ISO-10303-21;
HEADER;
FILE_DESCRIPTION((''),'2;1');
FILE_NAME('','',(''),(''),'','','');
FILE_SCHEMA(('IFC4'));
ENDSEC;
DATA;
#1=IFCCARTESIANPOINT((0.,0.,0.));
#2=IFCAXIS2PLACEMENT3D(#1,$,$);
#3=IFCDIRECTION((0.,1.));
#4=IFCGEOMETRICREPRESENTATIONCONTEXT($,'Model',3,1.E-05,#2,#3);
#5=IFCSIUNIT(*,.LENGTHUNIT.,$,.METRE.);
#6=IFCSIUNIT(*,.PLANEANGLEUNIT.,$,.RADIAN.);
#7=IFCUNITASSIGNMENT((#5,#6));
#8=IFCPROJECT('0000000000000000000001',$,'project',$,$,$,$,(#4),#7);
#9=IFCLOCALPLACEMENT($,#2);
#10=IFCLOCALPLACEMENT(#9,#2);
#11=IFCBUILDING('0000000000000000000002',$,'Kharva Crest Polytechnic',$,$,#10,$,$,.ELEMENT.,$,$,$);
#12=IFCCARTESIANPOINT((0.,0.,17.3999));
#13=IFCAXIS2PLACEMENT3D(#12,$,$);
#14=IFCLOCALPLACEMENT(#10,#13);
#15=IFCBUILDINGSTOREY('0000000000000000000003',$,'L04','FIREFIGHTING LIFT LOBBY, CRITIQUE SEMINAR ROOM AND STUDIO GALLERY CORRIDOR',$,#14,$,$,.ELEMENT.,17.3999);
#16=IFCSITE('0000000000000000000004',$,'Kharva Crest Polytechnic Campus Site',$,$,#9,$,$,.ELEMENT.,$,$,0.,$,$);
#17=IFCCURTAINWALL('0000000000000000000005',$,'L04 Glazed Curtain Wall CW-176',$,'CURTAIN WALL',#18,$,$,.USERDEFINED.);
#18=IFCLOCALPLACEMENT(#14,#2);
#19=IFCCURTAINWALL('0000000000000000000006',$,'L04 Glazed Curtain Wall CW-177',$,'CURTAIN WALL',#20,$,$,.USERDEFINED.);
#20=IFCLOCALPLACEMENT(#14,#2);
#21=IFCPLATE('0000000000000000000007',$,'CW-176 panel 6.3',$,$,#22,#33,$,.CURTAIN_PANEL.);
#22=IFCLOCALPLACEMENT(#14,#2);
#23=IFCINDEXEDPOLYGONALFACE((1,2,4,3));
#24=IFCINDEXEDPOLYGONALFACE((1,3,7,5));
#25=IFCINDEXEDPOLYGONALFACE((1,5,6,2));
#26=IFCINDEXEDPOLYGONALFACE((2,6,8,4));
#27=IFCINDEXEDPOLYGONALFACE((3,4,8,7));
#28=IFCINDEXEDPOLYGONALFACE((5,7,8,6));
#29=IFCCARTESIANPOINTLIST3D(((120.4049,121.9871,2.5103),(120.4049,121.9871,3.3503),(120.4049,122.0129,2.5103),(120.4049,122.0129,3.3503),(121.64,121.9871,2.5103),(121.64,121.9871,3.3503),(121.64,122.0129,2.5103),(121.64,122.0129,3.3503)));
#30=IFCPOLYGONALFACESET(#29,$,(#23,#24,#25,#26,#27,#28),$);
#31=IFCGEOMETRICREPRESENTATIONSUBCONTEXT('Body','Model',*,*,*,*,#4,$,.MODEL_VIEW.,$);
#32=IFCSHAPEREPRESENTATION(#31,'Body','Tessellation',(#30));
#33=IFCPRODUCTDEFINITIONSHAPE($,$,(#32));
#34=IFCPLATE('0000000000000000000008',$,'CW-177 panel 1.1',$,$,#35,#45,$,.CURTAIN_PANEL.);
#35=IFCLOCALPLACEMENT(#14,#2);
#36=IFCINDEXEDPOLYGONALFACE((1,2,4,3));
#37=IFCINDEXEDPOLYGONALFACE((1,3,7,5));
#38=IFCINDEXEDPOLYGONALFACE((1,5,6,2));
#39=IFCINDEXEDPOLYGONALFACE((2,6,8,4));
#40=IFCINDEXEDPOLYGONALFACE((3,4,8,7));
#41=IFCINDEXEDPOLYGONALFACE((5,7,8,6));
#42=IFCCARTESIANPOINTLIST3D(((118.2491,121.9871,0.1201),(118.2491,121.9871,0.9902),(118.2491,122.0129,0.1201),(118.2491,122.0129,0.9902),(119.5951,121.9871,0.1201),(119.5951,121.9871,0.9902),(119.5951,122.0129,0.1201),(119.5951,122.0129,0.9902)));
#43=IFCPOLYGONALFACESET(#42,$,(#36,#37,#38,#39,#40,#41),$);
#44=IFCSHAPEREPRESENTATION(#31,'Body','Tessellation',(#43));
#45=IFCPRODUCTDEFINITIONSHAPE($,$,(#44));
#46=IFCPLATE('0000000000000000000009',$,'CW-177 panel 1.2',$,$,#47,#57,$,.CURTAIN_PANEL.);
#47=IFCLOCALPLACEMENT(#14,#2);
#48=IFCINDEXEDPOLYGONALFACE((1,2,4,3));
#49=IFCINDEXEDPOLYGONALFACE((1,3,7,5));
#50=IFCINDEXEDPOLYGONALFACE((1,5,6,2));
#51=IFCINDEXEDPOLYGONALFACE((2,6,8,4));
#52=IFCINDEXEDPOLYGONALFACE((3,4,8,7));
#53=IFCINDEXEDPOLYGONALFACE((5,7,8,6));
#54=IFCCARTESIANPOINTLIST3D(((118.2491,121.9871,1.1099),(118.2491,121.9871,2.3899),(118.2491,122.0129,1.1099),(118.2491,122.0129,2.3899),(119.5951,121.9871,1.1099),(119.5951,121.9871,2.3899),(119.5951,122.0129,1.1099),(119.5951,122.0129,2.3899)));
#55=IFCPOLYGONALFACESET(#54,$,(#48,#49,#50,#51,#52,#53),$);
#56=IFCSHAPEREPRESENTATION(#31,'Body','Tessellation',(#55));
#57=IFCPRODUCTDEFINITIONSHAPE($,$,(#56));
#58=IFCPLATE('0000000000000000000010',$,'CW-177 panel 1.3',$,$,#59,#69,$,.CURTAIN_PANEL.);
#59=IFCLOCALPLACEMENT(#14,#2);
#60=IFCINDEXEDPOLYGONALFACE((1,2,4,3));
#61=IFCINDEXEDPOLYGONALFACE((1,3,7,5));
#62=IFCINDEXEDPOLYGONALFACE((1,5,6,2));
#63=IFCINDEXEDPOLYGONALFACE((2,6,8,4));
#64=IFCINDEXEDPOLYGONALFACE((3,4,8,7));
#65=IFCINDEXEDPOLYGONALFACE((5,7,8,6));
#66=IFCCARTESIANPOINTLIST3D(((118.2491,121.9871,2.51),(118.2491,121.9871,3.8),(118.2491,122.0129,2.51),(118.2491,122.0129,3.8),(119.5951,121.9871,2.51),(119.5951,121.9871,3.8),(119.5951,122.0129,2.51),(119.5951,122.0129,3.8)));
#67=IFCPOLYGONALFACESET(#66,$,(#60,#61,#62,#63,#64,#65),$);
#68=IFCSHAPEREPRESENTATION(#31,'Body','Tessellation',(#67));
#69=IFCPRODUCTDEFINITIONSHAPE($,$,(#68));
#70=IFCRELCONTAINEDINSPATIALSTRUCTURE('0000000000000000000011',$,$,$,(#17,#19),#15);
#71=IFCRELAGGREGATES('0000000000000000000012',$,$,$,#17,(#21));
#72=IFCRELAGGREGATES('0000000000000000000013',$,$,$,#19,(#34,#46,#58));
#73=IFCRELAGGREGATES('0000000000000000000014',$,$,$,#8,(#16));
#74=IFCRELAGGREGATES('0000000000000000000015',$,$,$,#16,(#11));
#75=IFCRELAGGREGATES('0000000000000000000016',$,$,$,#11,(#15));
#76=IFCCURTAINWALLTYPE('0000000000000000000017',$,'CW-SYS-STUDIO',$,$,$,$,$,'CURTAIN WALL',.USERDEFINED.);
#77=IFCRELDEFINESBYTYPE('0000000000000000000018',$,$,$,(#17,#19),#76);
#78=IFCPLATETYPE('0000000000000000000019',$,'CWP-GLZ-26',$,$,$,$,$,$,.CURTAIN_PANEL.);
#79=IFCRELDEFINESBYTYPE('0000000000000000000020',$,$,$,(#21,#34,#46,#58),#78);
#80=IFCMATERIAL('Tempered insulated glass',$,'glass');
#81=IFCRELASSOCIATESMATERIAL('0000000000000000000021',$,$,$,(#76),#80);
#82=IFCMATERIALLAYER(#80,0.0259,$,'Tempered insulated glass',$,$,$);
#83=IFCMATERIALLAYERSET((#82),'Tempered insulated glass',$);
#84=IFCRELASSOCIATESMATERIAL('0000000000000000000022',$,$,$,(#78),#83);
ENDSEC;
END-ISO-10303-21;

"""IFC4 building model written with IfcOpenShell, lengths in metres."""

from ifc_helpers import new_model, si_unit, direction, frame, origin, origin_2d, place, context, subcontext, project, spatial, rectangle, extrude, material, layer, layer_set, type_object, element, aggregate, save


model = new_model("IFC4")

# Units and contexts
model_context = context("Model", 3, precision=1e-05, world=origin(), true_north=direction((0.0, 1.0)))
body_context = subcontext(model_context, "Body", "Model", "MODEL_VIEW")
ifc_project = project(units=[si_unit("LENGTHUNIT", "METRE"), si_unit("PLANEANGLEUNIT", "RADIAN")], contexts=[model_context])

# Site, building, storey
site_placement = place(None, origin())
site = spatial("IfcSite", under=ifc_project, at=site_placement, Name="Kharva Crest Polytechnic Campus Site", CompositionType="ELEMENT", RefElevation=0.0)
building_placement = place(site_placement, origin())
building = spatial("IfcBuilding", under=site, at=building_placement, Name="Kharva Crest Polytechnic", CompositionType="ELEMENT")
storey_placement = place(building_placement, frame((0.0, 0.0, 17.3999)))
storey = spatial("IfcBuildingStorey", under=building, at=storey_placement, Name="L04", Description="FIREFIGHTING LIFT LOBBY, CRITIQUE SEMINAR ROOM AND STUDIO GALLERY CORRIDOR", CompositionType="ELEMENT", Elevation=17.3999)

# Curtain walls
ifc_material_1 = material(Name="Tempered insulated glass", Category="glass")
curtain_wall_type = type_object("IfcCurtainWallType", Name="CW-SYS-STUDIO", ElementType="CURTAIN WALL", PredefinedType="USERDEFINED", material=ifc_material_1)
curtain_wall_1_placement = place(storey_placement, origin())
curtain_wall_1 = element("IfcCurtainWall", 1, at=curtain_wall_1_placement, inside=storey, type_object=curtain_wall_type, Name="L04 Glazed Curtain Wall CW-176", ObjectType="CURTAIN WALL", PredefinedType="USERDEFINED")
curtain_wall_2_placement = place(storey_placement, origin())
curtain_wall_2 = element("IfcCurtainWall", 2, at=curtain_wall_2_placement, inside=storey, type_object=curtain_wall_type, Name="L04 Glazed Curtain Wall CW-177", ObjectType="CURTAIN WALL", PredefinedType="USERDEFINED")

# Plates
ifc_layer = layer(ifc_material_1, 0.0259, Name="Tempered insulated glass")
ifc_layer_set = layer_set([ifc_layer], Name="Tempered insulated glass")
plate_type = type_object("IfcPlateType", Name="CWP-GLZ-26", PredefinedType="CURTAIN_PANEL", material=ifc_layer_set)
plate_1_placement = place(storey_placement, frame((121.0225, 122.0, 2.5103), z_axis=(0.0, 0.0, 1.0), x_axis=(-1.0, 0.0, 0.0)))
plate_1 = element("IfcPlate", 3, at=plate_1_placement, type_object=plate_type, Name="CW-176 panel 6.3", PredefinedType="CURTAIN_PANEL", context=body_context, shape_type="SweptSolid", body=[
    extrude(rectangle(XDim=1.2351, YDim=0.0259, at=origin_2d()), origin(), (0.0, 0.0, 1.0), 0.8401),
])
aggregate(curtain_wall_1, [plate_1])
plate_2_placement = place(storey_placement, frame((118.9221, 122.0, 0.1201), z_axis=(0.0, 0.0, 1.0), x_axis=(-1.0, 0.0, 0.0)))
plate_2 = element("IfcPlate", 4, at=plate_2_placement, type_object=plate_type, Name="CW-177 panel 1.1", PredefinedType="CURTAIN_PANEL", context=body_context, shape_type="SweptSolid", body=[
    extrude(rectangle(XDim=1.3459, YDim=0.0259, at=origin_2d()), origin(), (0.0, 0.0, 1.0), 0.8701),
])
plate_3_placement = place(storey_placement, frame((118.9221, 122.0, 1.1099), z_axis=(0.0, 0.0, 1.0), x_axis=(-1.0, 0.0, 0.0)))
plate_3 = element("IfcPlate", 5, at=plate_3_placement, type_object=plate_type, Name="CW-177 panel 1.2", PredefinedType="CURTAIN_PANEL", context=body_context, shape_type="SweptSolid", body=[
    extrude(rectangle(XDim=1.3459, YDim=0.0259, at=origin_2d()), origin(), (0.0, 0.0, 1.0), 1.28),
])
plate_4_placement = place(storey_placement, frame((118.9221, 122.0, 2.51), z_axis=(0.0, 0.0, 1.0), x_axis=(-1.0, 0.0, 0.0)))
plate_4 = element("IfcPlate", 6, at=plate_4_placement, type_object=plate_type, Name="CW-177 panel 1.3", PredefinedType="CURTAIN_PANEL", context=body_context, shape_type="SweptSolid", body=[
    extrude(rectangle(XDim=1.3459, YDim=0.0259, at=origin_2d()), origin(), (0.0, 0.0, 1.0), 1.29),
])
aggregate(curtain_wall_2, [plate_2, plate_3, plate_4])

save(model, "model.ifc")
